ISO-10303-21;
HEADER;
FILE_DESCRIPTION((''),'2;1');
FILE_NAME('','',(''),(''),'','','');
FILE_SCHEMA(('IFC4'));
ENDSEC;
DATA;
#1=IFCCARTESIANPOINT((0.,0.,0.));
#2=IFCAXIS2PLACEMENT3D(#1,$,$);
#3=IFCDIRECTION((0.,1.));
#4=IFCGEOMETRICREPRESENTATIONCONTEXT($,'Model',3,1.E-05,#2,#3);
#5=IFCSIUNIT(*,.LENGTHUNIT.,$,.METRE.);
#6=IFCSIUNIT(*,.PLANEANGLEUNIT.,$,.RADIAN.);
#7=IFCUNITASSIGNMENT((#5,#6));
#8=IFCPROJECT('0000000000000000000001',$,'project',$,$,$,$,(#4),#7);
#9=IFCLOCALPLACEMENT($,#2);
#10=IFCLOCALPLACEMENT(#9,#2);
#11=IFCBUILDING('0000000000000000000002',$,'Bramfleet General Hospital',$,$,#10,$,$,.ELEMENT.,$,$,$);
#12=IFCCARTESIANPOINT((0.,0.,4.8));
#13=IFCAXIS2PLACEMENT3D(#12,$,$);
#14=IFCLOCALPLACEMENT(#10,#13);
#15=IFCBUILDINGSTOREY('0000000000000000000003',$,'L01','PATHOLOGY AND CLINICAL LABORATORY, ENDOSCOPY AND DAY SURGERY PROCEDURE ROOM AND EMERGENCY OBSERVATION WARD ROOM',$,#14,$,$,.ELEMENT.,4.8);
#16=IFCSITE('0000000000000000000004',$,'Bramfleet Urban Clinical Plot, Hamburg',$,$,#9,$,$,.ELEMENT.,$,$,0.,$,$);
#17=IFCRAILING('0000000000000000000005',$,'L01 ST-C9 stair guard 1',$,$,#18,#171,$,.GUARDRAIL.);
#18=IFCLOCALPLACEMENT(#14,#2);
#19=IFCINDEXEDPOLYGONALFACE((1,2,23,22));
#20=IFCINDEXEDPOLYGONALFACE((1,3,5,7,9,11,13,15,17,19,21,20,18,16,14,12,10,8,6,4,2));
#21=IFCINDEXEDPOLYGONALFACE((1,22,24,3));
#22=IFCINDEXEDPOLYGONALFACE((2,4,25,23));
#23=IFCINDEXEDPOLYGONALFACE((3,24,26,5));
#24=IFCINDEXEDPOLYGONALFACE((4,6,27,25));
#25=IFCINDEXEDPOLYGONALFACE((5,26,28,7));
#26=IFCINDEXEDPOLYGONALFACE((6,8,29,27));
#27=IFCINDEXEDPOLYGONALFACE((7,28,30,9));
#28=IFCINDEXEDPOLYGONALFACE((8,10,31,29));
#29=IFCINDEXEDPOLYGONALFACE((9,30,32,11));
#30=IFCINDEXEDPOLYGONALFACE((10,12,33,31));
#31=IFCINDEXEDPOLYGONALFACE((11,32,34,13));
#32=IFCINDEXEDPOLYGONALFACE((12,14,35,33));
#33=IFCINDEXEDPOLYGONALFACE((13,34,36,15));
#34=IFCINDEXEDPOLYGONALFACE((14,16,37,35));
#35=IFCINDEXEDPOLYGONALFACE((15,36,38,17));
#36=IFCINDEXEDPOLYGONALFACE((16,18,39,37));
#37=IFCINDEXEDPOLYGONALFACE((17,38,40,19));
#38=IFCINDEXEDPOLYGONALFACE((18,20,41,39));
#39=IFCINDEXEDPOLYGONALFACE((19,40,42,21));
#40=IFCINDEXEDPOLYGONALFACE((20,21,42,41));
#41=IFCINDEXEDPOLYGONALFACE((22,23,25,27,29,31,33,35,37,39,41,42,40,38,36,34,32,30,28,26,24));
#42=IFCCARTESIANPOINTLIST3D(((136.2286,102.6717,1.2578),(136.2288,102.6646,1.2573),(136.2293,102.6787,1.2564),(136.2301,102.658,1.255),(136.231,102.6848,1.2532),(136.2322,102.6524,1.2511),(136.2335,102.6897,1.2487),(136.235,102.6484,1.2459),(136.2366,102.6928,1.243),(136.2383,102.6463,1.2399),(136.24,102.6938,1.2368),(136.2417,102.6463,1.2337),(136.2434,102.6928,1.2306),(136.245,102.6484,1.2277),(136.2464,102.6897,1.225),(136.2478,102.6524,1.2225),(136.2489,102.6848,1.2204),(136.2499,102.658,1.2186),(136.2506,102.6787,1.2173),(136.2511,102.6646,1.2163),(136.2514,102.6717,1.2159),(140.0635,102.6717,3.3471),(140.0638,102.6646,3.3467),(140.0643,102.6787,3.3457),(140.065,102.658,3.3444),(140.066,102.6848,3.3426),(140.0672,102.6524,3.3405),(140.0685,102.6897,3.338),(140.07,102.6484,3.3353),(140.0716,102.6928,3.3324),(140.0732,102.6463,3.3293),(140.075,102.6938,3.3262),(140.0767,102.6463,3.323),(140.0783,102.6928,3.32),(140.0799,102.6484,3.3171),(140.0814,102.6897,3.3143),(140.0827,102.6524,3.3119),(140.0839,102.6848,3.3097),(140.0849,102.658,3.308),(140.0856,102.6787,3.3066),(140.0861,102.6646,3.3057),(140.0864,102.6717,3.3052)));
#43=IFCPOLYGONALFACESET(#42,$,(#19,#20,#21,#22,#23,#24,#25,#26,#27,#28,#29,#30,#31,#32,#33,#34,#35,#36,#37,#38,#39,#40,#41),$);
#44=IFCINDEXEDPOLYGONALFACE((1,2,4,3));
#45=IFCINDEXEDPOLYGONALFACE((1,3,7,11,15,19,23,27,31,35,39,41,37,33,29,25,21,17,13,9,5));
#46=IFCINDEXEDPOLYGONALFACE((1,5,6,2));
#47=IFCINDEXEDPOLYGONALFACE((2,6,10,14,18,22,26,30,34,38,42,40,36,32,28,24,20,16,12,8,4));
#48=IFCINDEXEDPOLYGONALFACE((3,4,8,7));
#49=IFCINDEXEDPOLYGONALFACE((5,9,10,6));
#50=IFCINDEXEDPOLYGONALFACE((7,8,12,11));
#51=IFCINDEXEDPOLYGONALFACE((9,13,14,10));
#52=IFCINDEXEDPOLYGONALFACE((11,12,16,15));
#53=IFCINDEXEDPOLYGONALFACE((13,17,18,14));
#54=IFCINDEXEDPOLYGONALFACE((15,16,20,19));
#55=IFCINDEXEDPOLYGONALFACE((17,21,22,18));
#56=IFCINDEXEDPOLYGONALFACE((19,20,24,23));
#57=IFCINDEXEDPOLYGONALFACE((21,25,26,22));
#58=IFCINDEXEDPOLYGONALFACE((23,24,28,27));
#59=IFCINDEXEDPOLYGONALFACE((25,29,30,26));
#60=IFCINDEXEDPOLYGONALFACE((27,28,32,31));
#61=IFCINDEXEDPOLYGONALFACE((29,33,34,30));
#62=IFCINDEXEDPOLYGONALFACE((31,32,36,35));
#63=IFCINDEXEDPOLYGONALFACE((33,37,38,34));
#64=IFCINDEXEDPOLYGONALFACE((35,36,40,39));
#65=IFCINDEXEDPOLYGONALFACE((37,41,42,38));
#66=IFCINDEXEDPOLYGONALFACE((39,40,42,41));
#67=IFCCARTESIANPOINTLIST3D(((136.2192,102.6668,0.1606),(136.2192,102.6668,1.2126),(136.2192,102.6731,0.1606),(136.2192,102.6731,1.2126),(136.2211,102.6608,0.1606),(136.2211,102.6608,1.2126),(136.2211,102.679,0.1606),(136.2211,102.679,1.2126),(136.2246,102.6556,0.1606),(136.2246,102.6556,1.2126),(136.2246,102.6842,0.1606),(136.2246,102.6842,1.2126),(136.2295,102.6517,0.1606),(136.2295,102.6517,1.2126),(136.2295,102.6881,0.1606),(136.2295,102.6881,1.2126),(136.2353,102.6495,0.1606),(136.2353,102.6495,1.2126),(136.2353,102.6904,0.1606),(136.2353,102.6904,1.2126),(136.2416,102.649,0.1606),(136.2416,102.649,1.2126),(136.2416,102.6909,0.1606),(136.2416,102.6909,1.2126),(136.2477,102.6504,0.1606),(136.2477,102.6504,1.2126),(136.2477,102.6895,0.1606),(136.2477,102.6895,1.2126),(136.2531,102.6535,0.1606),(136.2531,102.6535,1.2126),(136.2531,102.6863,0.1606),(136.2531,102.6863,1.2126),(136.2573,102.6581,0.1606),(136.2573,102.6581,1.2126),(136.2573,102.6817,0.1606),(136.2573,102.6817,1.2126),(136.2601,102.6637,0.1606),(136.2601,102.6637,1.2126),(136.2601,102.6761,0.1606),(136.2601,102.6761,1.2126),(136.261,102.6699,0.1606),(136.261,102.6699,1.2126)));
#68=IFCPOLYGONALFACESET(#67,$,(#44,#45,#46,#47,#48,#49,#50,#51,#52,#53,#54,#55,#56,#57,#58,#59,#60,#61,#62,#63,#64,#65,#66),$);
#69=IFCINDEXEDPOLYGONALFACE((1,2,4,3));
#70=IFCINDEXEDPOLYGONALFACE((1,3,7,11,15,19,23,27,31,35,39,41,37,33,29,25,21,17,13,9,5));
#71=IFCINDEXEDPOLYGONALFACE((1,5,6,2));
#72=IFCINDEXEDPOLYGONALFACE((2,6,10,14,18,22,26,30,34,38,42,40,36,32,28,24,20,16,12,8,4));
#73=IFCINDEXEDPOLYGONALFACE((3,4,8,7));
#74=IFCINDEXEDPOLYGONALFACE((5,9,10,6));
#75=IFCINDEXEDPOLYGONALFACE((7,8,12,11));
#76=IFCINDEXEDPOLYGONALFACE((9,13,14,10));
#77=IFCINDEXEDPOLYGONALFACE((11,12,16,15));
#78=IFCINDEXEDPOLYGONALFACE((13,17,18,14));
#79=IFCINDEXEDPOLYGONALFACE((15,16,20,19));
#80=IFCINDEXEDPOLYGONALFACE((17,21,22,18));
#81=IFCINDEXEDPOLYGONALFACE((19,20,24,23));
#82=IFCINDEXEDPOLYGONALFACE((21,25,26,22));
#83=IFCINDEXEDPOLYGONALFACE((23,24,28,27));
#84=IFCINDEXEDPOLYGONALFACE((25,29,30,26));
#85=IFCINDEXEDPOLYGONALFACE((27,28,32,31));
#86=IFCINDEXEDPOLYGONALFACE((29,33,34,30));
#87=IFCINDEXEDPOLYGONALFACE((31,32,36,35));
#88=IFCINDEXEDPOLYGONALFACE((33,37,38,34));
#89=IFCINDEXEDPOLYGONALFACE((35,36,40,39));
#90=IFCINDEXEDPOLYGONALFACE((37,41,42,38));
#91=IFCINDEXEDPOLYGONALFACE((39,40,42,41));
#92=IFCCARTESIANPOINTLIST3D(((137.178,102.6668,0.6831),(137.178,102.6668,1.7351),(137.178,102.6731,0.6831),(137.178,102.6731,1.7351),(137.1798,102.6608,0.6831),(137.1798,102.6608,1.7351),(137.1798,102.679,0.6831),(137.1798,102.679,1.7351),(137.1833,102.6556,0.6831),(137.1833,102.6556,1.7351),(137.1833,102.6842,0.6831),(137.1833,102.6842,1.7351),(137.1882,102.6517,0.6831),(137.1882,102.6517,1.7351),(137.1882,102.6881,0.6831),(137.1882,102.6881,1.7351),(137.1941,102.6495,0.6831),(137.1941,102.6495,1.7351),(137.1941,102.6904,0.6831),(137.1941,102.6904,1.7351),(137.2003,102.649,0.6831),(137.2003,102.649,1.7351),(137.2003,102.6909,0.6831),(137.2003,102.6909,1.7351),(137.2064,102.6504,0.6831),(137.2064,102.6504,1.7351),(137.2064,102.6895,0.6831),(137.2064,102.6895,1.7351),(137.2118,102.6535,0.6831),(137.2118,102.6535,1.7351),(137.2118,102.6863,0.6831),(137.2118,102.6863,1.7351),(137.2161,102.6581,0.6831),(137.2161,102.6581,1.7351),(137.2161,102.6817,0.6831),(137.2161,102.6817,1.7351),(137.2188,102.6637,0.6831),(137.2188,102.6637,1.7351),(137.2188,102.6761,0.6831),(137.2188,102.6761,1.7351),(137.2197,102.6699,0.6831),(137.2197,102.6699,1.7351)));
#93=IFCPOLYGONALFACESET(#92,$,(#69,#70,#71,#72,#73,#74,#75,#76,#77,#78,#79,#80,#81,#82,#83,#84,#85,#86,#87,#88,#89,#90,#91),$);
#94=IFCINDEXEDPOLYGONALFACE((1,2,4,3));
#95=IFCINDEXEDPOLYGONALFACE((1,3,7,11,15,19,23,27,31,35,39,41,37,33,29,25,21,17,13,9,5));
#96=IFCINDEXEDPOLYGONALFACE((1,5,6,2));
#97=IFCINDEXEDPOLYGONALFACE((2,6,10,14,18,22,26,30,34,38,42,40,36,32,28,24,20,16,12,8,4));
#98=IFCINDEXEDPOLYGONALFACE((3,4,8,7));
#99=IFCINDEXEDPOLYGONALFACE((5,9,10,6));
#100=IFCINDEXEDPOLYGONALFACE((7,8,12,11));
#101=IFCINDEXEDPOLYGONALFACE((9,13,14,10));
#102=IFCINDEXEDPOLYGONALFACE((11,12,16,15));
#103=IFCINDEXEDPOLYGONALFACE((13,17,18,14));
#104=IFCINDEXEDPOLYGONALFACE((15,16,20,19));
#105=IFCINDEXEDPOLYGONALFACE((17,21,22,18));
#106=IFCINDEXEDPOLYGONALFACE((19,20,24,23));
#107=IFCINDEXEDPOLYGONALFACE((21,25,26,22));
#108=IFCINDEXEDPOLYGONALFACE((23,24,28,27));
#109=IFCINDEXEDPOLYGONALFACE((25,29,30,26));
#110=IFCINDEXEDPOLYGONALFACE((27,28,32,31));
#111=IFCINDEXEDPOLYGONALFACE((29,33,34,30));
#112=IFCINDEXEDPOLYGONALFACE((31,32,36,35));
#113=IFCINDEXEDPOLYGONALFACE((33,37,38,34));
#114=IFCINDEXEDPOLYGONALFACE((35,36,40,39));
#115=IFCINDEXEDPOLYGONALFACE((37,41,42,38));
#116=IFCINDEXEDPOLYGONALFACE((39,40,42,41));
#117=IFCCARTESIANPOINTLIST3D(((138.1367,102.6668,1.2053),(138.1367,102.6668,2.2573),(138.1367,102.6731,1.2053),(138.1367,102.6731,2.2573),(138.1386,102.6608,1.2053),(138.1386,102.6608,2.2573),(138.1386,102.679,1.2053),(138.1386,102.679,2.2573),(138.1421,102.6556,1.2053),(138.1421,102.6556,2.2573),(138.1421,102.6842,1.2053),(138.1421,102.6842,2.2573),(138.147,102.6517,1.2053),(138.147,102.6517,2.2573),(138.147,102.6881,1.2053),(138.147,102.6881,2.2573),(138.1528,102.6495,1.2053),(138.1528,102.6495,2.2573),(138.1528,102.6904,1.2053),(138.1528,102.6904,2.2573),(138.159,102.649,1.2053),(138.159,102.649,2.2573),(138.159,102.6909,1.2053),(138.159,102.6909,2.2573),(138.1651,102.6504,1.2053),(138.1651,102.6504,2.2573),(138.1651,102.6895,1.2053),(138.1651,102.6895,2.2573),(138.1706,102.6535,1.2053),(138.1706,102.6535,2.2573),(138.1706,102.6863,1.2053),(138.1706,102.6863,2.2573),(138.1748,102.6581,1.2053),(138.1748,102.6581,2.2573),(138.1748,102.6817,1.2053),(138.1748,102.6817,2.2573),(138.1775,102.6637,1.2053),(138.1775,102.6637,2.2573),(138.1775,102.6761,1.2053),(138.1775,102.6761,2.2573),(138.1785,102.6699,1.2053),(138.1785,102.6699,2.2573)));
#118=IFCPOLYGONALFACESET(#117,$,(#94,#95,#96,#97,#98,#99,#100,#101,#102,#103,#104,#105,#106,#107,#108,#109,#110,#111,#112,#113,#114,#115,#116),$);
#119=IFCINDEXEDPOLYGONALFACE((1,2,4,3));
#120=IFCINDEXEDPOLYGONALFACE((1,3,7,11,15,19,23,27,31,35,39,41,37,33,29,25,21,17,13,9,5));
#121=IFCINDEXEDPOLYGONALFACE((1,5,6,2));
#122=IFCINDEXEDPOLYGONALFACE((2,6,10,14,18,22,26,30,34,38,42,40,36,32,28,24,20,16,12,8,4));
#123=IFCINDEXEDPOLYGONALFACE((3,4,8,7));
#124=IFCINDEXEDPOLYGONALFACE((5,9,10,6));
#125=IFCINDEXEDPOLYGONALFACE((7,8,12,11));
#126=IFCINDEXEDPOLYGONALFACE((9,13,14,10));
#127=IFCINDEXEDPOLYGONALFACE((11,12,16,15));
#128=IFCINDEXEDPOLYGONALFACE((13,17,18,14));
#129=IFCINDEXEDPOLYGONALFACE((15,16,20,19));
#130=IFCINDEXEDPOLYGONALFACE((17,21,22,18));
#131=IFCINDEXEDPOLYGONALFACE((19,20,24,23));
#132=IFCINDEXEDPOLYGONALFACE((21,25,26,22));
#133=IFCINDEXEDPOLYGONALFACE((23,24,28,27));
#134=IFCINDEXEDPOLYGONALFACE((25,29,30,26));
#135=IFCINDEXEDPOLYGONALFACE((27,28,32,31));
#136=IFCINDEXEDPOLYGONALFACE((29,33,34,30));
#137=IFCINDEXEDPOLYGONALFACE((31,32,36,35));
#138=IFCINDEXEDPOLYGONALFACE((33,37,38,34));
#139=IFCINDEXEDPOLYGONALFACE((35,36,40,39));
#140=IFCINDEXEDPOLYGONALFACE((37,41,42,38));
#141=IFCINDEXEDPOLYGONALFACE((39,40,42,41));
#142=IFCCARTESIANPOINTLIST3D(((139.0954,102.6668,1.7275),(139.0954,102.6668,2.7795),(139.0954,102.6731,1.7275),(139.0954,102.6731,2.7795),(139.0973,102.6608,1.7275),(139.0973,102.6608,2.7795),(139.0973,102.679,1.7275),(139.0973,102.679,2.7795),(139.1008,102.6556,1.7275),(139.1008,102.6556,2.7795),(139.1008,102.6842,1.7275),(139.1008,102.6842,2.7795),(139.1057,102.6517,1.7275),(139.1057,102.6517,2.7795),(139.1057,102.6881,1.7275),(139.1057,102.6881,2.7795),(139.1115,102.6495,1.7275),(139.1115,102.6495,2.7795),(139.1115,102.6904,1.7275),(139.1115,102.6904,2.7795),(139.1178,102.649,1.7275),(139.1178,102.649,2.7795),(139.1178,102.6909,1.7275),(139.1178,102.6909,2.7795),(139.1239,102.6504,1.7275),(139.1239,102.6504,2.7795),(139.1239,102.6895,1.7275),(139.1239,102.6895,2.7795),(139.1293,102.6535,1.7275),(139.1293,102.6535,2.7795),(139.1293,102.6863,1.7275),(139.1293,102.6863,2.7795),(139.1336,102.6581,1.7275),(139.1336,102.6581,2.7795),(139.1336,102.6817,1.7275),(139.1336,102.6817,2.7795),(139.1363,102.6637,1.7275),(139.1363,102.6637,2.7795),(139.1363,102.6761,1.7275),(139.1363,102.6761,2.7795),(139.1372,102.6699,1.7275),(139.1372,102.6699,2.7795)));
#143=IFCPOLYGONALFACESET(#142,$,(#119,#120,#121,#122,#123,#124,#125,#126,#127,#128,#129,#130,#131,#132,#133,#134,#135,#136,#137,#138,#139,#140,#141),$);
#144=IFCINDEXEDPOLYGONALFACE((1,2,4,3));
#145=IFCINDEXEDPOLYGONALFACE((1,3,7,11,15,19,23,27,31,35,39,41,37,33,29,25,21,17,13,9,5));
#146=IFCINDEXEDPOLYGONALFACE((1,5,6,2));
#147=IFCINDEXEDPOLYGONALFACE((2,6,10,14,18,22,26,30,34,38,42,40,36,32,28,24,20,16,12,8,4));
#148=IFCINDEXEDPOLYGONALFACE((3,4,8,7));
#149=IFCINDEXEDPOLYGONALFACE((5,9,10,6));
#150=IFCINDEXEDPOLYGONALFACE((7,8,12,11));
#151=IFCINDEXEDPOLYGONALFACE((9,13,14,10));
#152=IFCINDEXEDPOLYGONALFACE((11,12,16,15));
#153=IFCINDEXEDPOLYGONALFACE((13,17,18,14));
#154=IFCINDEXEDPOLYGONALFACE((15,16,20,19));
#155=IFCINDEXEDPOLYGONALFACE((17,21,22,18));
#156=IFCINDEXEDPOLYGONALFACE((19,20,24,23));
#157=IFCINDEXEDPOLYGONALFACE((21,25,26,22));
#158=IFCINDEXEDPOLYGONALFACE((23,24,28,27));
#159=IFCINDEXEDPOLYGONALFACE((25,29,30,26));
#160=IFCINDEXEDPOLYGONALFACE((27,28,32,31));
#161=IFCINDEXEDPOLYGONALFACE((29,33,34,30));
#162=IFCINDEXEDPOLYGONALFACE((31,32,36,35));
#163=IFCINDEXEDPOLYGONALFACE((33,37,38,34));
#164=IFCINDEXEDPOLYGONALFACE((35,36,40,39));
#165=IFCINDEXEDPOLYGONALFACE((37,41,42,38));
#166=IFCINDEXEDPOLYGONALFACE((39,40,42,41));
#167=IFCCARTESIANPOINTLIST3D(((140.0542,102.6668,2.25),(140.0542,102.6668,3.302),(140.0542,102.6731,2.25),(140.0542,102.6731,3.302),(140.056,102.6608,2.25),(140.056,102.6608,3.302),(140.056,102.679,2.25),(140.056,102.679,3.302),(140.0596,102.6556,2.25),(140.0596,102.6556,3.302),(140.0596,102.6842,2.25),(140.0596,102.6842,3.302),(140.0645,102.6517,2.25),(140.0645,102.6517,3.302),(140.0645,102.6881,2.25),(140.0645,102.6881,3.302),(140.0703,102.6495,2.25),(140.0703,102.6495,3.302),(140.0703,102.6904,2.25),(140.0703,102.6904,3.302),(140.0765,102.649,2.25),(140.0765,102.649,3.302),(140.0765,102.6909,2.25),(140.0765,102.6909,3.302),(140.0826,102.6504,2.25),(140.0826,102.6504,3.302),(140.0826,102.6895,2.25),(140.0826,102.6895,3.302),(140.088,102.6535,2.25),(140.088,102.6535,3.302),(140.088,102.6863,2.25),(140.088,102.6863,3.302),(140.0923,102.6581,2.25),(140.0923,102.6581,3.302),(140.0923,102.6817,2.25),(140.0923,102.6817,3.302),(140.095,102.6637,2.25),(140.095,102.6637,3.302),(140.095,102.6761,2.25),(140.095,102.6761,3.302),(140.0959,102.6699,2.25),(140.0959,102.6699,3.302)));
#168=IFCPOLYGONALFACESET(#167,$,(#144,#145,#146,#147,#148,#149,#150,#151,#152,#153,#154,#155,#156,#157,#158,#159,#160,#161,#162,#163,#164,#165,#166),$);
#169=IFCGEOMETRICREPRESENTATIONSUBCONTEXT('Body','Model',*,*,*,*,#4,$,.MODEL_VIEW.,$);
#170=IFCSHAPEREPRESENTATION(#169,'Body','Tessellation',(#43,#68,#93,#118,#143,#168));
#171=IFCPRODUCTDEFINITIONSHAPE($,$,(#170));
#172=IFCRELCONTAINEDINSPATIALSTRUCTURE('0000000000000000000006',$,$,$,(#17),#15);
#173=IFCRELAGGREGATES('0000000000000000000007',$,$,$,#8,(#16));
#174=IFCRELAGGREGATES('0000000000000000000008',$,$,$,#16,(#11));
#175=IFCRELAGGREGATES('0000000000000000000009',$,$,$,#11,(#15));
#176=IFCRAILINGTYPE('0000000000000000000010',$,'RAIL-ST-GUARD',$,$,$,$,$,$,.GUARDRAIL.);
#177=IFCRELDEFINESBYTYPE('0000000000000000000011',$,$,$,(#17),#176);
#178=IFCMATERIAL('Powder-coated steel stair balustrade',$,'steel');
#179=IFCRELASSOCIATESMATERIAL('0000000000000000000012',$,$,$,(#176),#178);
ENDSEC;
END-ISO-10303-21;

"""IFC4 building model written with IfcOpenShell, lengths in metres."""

from ifc_helpers import new_model, si_unit, direction, frame, origin, origin_2d, place, context, subcontext, project, spatial, circle, extrude, material, type_object, element, save


model = new_model("IFC4")

# Units and contexts
model_context = context("Model", 3, precision=1e-05, world=origin(), true_north=direction((0.0, 1.0)))
body_context = subcontext(model_context, "Body", "Model", "MODEL_VIEW")
ifc_project = project(units=[si_unit("LENGTHUNIT", "METRE"), si_unit("PLANEANGLEUNIT", "RADIAN")], contexts=[model_context])

# Site, building, storey
site_placement = place(None, origin())
site = spatial("IfcSite", under=ifc_project, at=site_placement, Name="Bramfleet Urban Clinical Plot, Hamburg", CompositionType="ELEMENT", RefElevation=0.0)
building_placement = place(site_placement, origin())
building = spatial("IfcBuilding", under=site, at=building_placement, Name="Bramfleet General Hospital", CompositionType="ELEMENT")
storey_placement = place(building_placement, frame((0.0, 0.0, 4.8)))
storey = spatial("IfcBuildingStorey", under=building, at=storey_placement, Name="L01", Description="PATHOLOGY AND CLINICAL LABORATORY, ENDOSCOPY AND DAY SURGERY PROCEDURE ROOM AND EMERGENCY OBSERVATION WARD ROOM", CompositionType="ELEMENT", Elevation=4.8)

# Railing
ifc_material_1 = material(Name="Powder-coated steel stair balustrade", Category="steel")
railing_type = type_object("IfcRailingType", Name="RAIL-ST-GUARD", PredefinedType="GUARDRAIL", material=ifc_material_1)
railing_1_placement = place(storey_placement, frame((136.24, 102.6699, 0.1606)))
element("IfcRailing", 1, at=railing_1_placement, inside=storey, type_object=railing_type, Name="L01 ST-C9 stair guard 1", PredefinedType="GUARDRAIL", context=body_context, shape_type="SweptSolid", body=[
    extrude(circle(Radius=0.0239, at=origin_2d()), frame((0.0, 0.0, 1.0762), z_axis=(0.87813, 0.0, 0.478421), x_axis=(0.0, 1.0, 0.0)), (0.0, 0.0, 1.0), 4.3672),
    extrude(circle(Radius=0.021, at=origin_2d()), origin(), (0.0, 0.0, 1.0), 1.052),
    extrude(circle(Radius=0.021, at=origin_2d()), frame((0.9587, 0.0, 0.5225)), (0.0, 0.0, 1.0), 1.052),
    extrude(circle(Radius=0.021, at=origin_2d()), frame((1.9175, 0.0, 1.0447)), (0.0, 0.0, 1.0), 1.052),
    extrude(circle(Radius=0.021, at=origin_2d()), frame((2.8762, 0.0, 1.5669)), (0.0, 0.0, 1.0), 1.052),
    extrude(circle(Radius=0.021, at=origin_2d()), frame((3.835, 0.0, 2.0894)), (0.0, 0.0, 1.0), 1.052),
])

save(model, "model.ifc")
